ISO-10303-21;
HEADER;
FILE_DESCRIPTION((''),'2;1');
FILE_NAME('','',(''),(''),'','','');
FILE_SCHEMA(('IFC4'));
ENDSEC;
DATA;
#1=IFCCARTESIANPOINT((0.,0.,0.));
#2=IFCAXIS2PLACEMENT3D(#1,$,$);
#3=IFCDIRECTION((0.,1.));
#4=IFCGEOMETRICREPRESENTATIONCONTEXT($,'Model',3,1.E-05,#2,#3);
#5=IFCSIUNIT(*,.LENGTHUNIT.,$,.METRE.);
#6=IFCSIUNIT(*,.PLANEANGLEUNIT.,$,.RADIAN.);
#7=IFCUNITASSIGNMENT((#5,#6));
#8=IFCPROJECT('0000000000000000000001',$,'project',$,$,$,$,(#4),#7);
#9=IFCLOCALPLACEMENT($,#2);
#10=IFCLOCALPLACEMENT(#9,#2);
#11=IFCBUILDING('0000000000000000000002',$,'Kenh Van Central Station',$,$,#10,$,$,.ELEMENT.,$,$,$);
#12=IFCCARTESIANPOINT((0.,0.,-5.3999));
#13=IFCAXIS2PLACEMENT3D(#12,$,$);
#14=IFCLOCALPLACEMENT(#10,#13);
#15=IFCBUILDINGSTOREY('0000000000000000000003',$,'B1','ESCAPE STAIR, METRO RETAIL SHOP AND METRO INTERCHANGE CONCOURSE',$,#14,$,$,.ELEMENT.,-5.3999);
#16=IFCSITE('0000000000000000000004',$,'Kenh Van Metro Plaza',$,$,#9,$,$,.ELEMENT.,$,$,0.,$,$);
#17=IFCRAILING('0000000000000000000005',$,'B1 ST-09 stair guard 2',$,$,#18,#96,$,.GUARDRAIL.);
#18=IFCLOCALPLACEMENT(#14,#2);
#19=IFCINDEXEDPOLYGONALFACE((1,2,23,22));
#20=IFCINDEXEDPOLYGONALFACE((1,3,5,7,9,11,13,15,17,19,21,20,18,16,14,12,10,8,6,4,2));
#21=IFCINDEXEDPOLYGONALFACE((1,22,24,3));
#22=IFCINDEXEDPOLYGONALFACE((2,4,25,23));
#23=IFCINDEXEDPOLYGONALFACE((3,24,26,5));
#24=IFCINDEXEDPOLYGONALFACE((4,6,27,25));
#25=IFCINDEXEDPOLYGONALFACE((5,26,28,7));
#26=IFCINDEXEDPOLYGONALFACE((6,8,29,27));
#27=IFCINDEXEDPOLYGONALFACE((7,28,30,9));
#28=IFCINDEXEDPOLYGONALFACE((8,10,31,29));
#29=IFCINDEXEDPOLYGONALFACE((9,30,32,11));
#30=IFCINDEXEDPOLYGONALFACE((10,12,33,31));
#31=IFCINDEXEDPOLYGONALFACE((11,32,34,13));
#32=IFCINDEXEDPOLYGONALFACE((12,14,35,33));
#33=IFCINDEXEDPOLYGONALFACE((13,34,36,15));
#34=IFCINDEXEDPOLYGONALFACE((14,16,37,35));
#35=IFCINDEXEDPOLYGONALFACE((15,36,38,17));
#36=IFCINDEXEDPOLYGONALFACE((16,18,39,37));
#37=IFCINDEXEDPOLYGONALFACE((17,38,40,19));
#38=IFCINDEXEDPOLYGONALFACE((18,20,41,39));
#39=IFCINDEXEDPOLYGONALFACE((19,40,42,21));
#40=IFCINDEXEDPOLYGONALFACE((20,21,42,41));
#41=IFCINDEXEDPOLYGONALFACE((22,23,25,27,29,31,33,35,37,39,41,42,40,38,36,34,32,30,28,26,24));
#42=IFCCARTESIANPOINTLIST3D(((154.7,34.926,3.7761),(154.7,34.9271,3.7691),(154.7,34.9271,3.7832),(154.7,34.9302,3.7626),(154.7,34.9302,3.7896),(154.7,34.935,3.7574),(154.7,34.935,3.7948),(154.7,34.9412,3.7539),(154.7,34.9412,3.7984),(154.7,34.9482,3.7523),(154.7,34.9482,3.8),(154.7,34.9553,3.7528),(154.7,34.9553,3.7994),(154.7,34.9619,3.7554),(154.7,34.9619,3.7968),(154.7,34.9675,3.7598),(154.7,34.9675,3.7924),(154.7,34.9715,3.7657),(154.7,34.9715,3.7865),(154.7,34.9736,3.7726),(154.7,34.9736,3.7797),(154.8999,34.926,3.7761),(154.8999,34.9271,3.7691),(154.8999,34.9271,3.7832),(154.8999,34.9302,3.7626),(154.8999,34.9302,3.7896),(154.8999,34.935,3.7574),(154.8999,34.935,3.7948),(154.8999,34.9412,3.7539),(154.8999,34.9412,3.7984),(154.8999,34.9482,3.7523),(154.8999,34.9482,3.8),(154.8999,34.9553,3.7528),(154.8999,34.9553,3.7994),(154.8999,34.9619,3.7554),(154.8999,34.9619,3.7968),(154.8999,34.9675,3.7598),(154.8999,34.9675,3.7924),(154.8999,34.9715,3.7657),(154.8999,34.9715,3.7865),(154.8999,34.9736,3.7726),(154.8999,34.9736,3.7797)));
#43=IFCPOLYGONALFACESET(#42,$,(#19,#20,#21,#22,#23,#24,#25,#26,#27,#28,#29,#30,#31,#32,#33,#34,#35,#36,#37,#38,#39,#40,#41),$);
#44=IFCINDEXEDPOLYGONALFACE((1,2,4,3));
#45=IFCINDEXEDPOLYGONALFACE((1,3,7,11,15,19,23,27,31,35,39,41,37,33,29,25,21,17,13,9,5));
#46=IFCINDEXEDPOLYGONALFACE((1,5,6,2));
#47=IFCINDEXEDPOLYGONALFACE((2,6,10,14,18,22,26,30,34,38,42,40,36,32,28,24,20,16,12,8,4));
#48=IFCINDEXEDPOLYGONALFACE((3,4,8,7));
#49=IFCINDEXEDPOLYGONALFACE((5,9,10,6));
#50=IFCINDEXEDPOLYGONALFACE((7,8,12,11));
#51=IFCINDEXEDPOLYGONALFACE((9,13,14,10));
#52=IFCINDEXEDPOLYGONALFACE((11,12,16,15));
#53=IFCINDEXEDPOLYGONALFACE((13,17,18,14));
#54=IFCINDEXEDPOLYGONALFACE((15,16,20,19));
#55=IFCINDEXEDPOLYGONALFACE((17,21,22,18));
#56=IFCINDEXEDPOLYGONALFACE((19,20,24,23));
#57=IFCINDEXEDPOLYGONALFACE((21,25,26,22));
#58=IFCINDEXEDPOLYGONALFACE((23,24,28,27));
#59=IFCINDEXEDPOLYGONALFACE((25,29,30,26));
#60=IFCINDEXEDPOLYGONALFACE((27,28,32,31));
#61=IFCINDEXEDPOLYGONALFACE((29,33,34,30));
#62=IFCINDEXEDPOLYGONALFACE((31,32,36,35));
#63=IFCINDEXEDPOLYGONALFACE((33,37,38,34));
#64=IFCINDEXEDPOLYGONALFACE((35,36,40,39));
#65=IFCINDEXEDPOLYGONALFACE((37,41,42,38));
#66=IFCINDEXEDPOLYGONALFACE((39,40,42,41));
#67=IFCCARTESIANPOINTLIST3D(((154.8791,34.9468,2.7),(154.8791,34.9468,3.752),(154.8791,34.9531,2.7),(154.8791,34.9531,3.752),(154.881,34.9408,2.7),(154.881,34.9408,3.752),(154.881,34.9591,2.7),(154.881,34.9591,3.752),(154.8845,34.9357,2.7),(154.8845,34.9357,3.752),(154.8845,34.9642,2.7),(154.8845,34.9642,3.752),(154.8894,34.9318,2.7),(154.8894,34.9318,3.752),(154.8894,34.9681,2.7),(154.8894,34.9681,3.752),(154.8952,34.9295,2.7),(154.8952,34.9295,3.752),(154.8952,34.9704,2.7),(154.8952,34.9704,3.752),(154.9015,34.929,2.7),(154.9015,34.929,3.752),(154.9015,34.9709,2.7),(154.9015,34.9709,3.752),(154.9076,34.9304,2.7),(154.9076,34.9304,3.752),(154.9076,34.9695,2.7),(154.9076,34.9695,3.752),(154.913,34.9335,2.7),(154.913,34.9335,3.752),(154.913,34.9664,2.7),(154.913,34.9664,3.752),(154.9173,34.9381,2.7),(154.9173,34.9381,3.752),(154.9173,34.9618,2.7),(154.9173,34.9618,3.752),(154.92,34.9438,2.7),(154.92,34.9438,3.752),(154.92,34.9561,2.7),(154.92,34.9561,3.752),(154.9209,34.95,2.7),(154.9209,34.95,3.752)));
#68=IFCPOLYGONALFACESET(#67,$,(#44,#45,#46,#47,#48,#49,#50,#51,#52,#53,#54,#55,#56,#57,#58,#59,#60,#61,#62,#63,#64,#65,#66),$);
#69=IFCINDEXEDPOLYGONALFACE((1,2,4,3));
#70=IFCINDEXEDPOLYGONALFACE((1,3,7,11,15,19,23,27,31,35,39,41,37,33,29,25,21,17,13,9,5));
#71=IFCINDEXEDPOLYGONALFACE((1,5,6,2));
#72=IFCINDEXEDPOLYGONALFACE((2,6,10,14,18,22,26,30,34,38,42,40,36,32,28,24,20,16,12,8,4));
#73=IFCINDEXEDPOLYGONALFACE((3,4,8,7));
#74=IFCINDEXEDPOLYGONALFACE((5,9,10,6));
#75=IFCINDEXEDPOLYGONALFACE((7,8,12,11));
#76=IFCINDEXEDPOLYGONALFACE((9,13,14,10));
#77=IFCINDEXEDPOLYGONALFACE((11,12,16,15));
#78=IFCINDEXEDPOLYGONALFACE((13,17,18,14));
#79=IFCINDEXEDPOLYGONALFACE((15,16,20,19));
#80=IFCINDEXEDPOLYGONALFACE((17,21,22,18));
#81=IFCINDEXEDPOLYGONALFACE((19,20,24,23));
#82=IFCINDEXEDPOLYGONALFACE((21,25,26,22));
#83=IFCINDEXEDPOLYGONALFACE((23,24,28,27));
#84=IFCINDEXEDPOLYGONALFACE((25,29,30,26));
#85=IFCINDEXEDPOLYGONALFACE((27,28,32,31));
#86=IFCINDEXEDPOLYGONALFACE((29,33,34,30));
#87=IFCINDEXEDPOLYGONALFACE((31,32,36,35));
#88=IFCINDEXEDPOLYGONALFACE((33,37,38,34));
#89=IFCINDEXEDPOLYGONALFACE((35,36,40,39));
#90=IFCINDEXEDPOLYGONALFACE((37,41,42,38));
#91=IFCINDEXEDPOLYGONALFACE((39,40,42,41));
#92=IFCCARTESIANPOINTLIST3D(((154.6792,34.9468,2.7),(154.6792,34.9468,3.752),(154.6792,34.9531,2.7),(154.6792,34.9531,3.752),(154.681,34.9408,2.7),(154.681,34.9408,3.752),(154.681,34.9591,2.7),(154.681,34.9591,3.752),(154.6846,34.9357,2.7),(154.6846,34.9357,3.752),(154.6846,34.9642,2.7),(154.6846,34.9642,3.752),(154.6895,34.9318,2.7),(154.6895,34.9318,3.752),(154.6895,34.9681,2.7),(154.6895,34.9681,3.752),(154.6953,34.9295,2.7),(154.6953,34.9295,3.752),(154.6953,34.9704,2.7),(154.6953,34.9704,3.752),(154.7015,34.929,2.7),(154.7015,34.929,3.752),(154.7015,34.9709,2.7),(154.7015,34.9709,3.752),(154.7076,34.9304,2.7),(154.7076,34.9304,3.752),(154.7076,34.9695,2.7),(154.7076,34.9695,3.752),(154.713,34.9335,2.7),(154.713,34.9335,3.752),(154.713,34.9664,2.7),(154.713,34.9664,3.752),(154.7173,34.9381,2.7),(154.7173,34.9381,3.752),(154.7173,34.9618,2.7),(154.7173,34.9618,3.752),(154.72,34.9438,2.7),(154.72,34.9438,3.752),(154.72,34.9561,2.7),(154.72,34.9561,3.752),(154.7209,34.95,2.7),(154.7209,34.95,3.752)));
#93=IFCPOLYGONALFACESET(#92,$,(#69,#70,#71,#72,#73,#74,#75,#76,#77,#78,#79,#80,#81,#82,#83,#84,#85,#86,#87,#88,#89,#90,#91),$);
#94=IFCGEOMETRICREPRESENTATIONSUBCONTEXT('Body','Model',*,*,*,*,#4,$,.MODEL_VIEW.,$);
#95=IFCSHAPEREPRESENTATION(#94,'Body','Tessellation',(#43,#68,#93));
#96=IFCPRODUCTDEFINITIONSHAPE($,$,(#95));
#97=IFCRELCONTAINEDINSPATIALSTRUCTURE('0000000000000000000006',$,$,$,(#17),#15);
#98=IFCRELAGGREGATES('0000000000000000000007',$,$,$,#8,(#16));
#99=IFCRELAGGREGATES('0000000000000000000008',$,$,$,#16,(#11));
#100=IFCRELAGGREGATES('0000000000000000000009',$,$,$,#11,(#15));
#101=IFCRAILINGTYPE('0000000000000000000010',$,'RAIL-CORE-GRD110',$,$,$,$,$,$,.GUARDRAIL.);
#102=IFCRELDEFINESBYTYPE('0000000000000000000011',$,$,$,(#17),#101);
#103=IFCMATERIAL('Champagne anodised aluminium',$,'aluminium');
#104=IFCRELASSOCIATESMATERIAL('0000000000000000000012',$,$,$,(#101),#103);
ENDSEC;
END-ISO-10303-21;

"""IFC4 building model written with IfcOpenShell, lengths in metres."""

from ifc_helpers import new_model, si_unit, direction, frame, origin, origin_2d, place, context, subcontext, project, spatial, circle, extrude, material, type_object, element, save


model = new_model("IFC4")

# Units and contexts
model_context = context("Model", 3, precision=1e-05, world=origin(), true_north=direction((0.0, 1.0)))
body_context = subcontext(model_context, "Body", "Model", "MODEL_VIEW")
ifc_project = project(units=[si_unit("LENGTHUNIT", "METRE"), si_unit("PLANEANGLEUNIT", "RADIAN")], contexts=[model_context])

# Site, building, storey
site_placement = place(None, origin())
site = spatial("IfcSite", under=ifc_project, at=site_placement, Name="Kenh Van Metro Plaza", CompositionType="ELEMENT", RefElevation=0.0)
building_placement = place(site_placement, origin())
building = spatial("IfcBuilding", under=site, at=building_placement, Name="Kenh Van Central Station", CompositionType="ELEMENT")
storey_placement = place(building_placement, frame((0.0, 0.0, -5.3999)))
storey = spatial("IfcBuildingStorey", under=building, at=storey_placement, Name="B1", Description="ESCAPE STAIR, METRO RETAIL SHOP AND METRO INTERCHANGE CONCOURSE", CompositionType="ELEMENT", Elevation=-5.3999)

# Shared definitions
ifc_material_1 = material(Name="Champagne anodised aluminium", Category="aluminium")

# Railing
railing_type_1 = type_object("IfcRailingType", Name="RAIL-CORE-GRD110", PredefinedType="GUARDRAIL", material=ifc_material_1)
railing_1_placement = place(storey_placement, frame((154.8999, 34.95, 2.7)))
element("IfcRailing", 1, at=railing_1_placement, inside=storey, type_object=railing_type_1, Name="B1 ST-09 stair guard 2", PredefinedType="GUARDRAIL", context=body_context, shape_type="SweptSolid", body=[
    extrude(circle(Radius=0.0239, at=origin_2d()), frame((0.0, 0.0, 1.0762), z_axis=(-1.0, 0.0, 0.0), x_axis=(0.0, -1.0, 0.0)), (0.0, 0.0, 1.0), 0.2),
    extrude(circle(Radius=0.021, at=origin_2d()), origin(), (0.0, 0.0, 1.0), 1.052),
    extrude(circle(Radius=0.021, at=origin_2d()), frame((-0.2, 0.0, 0.0)), (0.0, 0.0, 1.0), 1.052),
])

save(model, "model.ifc")
